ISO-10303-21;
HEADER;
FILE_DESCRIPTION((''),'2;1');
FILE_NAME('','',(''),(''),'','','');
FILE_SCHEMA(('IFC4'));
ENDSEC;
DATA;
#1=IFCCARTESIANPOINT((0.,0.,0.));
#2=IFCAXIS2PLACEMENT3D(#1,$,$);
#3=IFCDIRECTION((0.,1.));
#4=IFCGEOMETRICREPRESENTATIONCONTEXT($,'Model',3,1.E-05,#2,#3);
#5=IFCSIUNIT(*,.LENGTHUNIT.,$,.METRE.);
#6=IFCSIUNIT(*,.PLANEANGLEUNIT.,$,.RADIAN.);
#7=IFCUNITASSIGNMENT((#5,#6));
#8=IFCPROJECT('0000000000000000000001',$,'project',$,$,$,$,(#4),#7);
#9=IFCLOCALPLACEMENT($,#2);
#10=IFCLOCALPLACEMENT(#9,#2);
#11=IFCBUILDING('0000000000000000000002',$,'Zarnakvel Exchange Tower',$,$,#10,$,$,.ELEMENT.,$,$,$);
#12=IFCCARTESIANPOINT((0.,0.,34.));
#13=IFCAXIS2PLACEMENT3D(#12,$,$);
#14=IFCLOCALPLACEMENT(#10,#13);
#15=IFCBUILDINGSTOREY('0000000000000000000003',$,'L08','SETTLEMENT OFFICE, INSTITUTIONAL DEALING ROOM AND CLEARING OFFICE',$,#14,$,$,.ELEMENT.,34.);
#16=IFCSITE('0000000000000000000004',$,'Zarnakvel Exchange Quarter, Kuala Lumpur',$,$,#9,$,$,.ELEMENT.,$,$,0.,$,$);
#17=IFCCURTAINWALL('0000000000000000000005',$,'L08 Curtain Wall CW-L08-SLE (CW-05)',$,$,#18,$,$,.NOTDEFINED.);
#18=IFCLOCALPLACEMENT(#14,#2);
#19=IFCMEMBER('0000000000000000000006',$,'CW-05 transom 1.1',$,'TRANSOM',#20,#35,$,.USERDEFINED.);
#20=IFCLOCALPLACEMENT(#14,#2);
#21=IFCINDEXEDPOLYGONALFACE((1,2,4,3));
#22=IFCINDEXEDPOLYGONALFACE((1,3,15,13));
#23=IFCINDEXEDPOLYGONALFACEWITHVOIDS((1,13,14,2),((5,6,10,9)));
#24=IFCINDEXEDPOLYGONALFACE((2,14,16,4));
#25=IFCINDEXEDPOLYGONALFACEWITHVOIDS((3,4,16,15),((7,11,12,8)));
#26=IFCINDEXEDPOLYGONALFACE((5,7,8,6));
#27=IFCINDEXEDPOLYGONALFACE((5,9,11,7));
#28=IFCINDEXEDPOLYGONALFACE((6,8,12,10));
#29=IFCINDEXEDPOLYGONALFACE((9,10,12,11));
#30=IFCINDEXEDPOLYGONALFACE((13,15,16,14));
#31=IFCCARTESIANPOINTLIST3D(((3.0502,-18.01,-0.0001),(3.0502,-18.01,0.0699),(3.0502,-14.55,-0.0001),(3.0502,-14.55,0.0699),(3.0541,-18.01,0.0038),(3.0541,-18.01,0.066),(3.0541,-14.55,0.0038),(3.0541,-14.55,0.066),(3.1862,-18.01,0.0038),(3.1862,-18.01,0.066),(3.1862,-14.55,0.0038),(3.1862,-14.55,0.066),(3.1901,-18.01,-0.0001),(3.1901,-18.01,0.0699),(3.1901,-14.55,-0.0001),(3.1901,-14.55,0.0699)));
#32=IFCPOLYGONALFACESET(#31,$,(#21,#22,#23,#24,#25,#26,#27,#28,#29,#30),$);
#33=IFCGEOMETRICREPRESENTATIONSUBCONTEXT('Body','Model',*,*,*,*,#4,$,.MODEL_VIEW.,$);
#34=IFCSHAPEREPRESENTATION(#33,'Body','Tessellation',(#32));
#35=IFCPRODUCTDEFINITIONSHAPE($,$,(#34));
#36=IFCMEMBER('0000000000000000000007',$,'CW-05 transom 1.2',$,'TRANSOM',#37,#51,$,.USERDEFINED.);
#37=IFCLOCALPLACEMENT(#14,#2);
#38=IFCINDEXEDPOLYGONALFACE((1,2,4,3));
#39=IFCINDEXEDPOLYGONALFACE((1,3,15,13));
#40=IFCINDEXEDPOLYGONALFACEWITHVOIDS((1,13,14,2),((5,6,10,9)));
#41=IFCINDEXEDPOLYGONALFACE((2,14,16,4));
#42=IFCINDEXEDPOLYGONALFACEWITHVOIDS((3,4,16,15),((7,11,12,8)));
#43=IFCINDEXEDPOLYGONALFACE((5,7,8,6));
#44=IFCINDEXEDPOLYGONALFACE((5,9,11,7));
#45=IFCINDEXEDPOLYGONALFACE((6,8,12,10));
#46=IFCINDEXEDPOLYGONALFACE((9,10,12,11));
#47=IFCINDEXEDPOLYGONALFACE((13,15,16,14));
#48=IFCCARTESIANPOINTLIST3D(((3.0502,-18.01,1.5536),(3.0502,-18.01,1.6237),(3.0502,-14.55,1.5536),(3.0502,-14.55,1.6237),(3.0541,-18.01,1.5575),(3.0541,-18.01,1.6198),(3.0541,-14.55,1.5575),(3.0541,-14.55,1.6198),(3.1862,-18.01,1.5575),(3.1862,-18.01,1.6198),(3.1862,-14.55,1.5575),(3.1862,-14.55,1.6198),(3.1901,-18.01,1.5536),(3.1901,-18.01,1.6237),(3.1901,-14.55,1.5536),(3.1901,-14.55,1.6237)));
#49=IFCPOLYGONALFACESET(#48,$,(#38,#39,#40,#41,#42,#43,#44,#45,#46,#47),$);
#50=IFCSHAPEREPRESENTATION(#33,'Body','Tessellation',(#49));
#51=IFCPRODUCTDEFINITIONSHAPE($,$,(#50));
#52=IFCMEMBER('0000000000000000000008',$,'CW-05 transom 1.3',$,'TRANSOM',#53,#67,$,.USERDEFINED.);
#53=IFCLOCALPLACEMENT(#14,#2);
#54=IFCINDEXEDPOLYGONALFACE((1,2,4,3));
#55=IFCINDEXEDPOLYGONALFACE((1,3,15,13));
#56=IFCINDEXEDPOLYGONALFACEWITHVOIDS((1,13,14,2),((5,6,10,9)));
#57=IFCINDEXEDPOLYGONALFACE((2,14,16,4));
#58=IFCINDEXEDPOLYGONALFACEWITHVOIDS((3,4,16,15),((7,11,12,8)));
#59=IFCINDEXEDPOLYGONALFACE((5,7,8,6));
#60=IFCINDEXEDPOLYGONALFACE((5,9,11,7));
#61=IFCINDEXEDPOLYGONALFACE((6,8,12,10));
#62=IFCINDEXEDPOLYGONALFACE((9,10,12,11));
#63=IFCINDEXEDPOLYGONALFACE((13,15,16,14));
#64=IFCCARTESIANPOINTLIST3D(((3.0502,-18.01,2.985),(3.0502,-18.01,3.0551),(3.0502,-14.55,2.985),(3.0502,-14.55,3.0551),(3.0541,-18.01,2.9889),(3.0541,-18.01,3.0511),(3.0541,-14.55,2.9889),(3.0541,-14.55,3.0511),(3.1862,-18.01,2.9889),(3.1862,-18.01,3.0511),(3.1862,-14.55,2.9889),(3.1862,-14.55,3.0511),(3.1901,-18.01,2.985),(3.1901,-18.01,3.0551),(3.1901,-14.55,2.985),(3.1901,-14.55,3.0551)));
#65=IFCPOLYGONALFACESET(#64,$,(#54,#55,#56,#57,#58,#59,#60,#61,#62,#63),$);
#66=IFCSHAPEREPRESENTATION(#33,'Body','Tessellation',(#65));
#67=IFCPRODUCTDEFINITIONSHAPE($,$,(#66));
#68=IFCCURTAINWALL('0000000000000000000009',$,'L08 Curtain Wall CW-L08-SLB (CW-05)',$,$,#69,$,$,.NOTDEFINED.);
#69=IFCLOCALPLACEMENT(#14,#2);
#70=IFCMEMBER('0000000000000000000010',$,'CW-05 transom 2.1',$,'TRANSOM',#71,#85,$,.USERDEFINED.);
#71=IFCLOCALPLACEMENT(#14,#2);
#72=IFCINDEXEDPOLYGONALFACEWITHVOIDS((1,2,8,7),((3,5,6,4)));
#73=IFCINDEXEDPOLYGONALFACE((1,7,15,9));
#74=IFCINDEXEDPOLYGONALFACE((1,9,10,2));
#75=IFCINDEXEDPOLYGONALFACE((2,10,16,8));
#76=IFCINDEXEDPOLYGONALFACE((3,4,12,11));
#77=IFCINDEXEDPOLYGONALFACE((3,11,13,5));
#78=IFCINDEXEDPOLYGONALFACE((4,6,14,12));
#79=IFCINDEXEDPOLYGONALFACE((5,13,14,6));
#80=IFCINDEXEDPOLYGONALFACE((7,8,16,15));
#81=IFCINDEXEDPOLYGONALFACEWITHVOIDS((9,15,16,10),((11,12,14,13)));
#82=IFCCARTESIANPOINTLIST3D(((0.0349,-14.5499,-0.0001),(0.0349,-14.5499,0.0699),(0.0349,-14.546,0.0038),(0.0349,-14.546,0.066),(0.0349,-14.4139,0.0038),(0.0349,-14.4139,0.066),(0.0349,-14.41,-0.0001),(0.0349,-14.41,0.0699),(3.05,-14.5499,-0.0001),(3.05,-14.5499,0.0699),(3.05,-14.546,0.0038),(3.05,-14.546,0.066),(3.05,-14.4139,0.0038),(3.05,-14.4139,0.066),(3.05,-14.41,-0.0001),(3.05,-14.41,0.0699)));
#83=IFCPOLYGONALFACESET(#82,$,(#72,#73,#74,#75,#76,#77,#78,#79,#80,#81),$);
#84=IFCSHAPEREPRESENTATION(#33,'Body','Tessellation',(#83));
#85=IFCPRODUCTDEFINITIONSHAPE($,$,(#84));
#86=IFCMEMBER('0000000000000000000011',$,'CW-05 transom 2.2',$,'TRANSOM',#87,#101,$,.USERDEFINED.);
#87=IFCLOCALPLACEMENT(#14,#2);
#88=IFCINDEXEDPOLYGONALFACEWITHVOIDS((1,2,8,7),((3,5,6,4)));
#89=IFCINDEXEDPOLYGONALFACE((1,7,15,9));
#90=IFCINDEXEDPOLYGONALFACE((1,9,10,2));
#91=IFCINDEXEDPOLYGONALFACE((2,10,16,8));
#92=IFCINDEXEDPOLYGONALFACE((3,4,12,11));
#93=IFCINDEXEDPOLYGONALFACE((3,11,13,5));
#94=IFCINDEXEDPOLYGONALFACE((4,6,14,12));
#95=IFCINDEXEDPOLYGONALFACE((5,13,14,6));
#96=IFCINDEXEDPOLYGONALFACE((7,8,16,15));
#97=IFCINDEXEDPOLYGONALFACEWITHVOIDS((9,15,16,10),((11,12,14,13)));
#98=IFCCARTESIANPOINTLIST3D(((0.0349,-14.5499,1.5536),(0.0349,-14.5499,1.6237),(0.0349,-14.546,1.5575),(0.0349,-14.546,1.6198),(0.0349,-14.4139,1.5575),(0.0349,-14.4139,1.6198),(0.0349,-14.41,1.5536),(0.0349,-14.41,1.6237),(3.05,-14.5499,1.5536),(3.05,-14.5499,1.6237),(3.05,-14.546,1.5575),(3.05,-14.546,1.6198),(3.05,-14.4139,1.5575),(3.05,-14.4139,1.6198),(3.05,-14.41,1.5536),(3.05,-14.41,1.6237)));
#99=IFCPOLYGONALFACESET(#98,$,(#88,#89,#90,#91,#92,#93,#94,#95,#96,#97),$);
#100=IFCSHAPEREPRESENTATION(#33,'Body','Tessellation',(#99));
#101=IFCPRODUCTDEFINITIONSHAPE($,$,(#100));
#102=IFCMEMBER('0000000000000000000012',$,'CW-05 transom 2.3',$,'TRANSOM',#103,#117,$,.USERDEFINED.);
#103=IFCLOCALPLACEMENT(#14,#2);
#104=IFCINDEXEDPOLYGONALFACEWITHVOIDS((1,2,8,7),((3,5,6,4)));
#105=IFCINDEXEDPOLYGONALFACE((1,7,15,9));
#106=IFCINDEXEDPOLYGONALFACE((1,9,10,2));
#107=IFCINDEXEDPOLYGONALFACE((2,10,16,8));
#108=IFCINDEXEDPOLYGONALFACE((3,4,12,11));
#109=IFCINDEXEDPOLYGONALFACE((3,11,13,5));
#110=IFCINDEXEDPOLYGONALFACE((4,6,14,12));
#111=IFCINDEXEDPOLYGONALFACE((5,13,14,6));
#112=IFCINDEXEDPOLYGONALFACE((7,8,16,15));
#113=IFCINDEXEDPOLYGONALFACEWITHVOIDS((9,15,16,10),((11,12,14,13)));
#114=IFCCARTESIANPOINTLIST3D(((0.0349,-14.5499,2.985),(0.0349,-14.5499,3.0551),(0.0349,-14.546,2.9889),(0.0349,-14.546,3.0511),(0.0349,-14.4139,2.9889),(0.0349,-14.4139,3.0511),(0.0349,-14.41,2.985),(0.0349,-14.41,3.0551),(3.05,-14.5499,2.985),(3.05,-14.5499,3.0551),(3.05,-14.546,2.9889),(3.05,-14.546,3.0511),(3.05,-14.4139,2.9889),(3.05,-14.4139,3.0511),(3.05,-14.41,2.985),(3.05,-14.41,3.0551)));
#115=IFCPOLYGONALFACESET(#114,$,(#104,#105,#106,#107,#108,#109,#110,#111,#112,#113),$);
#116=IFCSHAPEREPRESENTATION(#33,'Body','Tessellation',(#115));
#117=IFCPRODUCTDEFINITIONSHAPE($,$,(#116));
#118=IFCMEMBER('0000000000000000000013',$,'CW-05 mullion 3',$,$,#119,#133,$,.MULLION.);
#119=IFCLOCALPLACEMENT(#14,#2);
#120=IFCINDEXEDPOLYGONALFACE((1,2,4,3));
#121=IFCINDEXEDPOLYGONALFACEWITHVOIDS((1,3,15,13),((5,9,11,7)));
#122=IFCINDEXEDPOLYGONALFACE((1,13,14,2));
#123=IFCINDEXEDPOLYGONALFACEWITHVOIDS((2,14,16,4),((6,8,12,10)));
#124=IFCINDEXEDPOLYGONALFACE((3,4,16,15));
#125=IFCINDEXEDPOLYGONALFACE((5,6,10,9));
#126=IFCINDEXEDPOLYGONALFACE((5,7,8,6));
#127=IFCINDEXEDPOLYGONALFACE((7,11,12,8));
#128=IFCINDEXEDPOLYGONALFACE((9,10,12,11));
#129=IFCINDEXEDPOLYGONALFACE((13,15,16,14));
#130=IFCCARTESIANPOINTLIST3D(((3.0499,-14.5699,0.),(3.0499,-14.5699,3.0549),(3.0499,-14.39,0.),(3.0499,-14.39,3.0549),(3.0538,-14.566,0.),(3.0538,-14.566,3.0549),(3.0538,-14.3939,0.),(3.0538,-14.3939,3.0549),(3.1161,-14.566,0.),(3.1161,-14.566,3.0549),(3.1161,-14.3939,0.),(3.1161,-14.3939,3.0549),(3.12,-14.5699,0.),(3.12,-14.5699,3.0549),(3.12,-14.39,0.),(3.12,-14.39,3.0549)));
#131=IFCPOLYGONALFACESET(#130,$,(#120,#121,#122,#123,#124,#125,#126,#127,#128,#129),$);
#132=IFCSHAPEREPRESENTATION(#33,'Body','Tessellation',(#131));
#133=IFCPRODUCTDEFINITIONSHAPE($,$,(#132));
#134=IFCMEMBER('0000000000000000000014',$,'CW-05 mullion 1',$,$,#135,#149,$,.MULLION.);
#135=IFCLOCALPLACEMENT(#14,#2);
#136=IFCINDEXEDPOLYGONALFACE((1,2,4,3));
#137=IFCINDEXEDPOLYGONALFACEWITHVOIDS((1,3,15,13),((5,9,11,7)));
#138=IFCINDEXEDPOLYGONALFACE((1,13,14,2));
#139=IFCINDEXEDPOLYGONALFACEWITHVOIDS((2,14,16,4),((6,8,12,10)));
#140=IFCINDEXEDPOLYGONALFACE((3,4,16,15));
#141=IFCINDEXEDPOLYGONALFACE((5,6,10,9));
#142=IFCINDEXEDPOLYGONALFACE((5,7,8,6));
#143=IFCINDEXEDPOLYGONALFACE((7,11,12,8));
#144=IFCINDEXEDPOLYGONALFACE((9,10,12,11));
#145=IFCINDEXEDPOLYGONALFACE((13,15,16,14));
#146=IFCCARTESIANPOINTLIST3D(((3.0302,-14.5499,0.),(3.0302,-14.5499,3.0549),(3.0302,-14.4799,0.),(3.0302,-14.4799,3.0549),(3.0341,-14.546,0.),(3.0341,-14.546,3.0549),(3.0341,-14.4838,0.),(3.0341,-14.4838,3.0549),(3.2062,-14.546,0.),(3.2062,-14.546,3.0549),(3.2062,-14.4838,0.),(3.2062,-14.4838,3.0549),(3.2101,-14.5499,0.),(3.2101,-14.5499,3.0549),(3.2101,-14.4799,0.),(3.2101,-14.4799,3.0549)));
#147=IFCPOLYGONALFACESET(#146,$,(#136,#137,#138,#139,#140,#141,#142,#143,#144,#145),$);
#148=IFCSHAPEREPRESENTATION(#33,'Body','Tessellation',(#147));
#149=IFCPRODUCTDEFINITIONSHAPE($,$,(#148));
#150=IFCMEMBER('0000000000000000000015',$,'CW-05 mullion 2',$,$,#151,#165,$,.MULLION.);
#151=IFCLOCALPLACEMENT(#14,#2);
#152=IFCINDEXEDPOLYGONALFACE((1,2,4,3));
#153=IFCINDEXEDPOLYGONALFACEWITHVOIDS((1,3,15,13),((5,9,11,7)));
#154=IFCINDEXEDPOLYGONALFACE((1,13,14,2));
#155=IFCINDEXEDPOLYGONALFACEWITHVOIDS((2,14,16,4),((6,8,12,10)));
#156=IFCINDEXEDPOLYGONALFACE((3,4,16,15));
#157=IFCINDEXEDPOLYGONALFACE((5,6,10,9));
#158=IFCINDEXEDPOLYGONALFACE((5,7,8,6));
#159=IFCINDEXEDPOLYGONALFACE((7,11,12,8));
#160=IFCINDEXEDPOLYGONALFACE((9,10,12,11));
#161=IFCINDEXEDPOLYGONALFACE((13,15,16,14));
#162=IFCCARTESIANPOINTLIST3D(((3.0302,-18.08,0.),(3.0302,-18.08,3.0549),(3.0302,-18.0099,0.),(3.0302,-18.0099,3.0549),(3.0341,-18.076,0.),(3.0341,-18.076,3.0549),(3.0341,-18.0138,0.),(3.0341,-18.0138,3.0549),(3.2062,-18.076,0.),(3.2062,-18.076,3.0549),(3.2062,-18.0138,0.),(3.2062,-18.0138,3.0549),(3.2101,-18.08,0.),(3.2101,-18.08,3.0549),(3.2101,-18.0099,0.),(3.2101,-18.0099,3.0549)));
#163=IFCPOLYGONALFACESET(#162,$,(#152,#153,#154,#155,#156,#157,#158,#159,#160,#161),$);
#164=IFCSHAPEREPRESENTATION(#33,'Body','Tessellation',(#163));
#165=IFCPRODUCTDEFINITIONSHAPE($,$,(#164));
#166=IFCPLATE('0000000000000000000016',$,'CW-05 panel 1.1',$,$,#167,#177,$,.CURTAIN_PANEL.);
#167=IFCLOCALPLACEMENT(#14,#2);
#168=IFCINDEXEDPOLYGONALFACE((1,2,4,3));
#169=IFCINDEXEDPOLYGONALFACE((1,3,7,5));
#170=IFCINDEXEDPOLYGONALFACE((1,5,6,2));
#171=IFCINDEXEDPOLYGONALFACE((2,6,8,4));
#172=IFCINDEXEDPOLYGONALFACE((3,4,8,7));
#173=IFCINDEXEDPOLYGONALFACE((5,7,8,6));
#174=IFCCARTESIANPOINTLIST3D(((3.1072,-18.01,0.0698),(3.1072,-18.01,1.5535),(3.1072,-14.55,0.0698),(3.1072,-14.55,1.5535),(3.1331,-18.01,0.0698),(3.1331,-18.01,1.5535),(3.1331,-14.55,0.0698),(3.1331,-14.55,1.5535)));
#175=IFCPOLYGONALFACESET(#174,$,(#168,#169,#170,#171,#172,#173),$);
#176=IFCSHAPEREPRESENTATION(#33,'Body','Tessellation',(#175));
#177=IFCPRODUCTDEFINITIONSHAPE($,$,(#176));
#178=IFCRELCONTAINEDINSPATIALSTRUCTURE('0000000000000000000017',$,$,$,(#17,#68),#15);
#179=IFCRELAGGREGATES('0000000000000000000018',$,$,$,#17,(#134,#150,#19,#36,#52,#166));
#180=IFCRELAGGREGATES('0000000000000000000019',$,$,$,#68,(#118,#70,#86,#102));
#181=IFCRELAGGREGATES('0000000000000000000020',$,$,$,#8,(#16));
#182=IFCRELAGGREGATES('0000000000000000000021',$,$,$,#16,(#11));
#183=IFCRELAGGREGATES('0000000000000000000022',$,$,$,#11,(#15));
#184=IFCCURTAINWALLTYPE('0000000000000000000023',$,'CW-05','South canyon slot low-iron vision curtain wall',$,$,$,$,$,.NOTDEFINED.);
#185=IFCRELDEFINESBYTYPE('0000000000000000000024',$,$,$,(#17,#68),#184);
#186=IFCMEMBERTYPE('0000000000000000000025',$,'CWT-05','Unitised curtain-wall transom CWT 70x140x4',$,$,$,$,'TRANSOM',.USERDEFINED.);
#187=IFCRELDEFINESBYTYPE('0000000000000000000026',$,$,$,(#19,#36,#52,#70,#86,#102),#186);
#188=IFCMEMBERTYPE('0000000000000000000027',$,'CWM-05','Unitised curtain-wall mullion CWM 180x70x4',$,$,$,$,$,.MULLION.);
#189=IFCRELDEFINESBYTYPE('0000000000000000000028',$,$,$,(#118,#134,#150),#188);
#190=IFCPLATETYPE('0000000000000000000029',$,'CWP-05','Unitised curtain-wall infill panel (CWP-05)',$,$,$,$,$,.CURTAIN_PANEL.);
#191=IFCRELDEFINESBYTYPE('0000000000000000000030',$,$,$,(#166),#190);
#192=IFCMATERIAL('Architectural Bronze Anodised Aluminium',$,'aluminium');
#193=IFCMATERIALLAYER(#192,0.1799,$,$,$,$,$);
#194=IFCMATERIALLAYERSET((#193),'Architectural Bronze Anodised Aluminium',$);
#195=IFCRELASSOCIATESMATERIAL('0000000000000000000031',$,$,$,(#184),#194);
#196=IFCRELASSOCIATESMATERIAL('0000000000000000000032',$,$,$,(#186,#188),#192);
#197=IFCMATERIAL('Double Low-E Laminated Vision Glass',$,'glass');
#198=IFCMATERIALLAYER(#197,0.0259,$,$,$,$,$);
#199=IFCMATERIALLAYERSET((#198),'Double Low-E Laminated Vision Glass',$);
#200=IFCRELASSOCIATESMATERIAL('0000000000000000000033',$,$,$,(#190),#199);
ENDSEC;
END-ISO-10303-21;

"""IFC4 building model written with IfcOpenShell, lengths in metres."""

from ifc_helpers import new_model, si_unit, direction, frame, origin, origin_2d, place, context, subcontext, project, spatial, rectangle, hollow_rectangle, extrude, source, transform, mapped, material, layer, layer_set, material_profile, profile_set, type_object, element, aggregate, save


model = new_model("IFC4")

# Units and contexts
model_context = context("Model", 3, precision=1e-05, world=origin(), true_north=direction((0.0, 1.0)))
body_context = subcontext(model_context, "Body", "Model", "MODEL_VIEW")
ifc_project = project(units=[si_unit("LENGTHUNIT", "METRE"), si_unit("PLANEANGLEUNIT", "RADIAN")], contexts=[model_context])

# Site, building, storey
site_placement = place(None, origin())
site = spatial("IfcSite", under=ifc_project, at=site_placement, Name="Zarnakvel Exchange Quarter, Kuala Lumpur", CompositionType="ELEMENT", RefElevation=0.0)
building_placement = place(site_placement, origin())
building = spatial("IfcBuilding", under=site, at=building_placement, Name="Zarnakvel Exchange Tower", CompositionType="ELEMENT")
storey_placement = place(building_placement, frame((0.0, 0.0, 34.0)))
storey = spatial("IfcBuildingStorey", under=building, at=storey_placement, Name="L08", Description="SETTLEMENT OFFICE, INSTITUTIONAL DEALING ROOM AND CLEARING OFFICE", CompositionType="ELEMENT", Elevation=34.0)

# Curtain walls, members
ifc_material_1 = material(Name="Architectural Bronze Anodised Aluminium", Category="aluminium")
ifc_layer_1 = layer(ifc_material_1, 0.1799)
ifc_layer_set_1 = layer_set([ifc_layer_1], Name="Architectural Bronze Anodised Aluminium")
curtain_wall_type = type_object("IfcCurtainWallType", Name="CW-05", Description="South canyon slot low-iron vision curtain wall", PredefinedType="NOTDEFINED", material=ifc_layer_set_1)
curtain_wall_1_placement = place(storey_placement, origin())
curtain_wall_1 = element("IfcCurtainWall", 1, at=curtain_wall_1_placement, inside=storey, type_object=curtain_wall_type, Name="L08 Curtain Wall CW-L08-SLE (CW-05)", PredefinedType="NOTDEFINED")
ifc_material_profile_1 = material_profile(ifc_material_1, hollow_rectangle(XDim=0.1399, YDim=0.0701, WallThickness=0.0039, at=origin_2d()))
ifc_profile_set_1 = profile_set([ifc_material_profile_1], Name="Architectural Bronze Anodised Aluminium")
member_type_1 = type_object("IfcMemberType", Name="CWT-05", Description="Unitised curtain-wall transom CWT 70x140x4", ElementType="TRANSOM", PredefinedType="USERDEFINED", material=ifc_profile_set_1)
shared_shape_1 = source(origin(), body_context, "Body", "SweptSolid", [
    extrude(hollow_rectangle(XDim=0.1399, YDim=0.0701, WallThickness=0.0039, at=origin_2d()), origin(), (0.0, 0.0, 1.0), 3.46),
])
member_1_placement = place(storey_placement, frame((3.1201, -14.55, 0.0349), z_axis=(0.0, -1.0, 0.0), x_axis=(1.0, 0.0, 0.0)))
member_1 = element("IfcMember", 2, at=member_1_placement, type_object=member_type_1, Name="CW-05 transom 1.1", ObjectType="TRANSOM", PredefinedType="USERDEFINED", context=body_context, shape_type="MappedRepresentation", body=[
    mapped(shared_shape_1, transform((0.0, 0.0, 0.0), x_axis=(1.0, 0.0, 0.0), y_axis=(0.0, 1.0, 0.0), z_axis=(0.0, 0.0, 1.0), scale=1.0)),
])
member_2_placement = place(storey_placement, frame((3.1201, -14.55, 1.5886), z_axis=(0.0, -1.0, 0.0), x_axis=(1.0, 0.0, 0.0)))
member_2 = element("IfcMember", 3, at=member_2_placement, type_object=member_type_1, Name="CW-05 transom 1.2", ObjectType="TRANSOM", PredefinedType="USERDEFINED", context=body_context, shape_type="MappedRepresentation", body=[
    mapped(shared_shape_1, transform((0.0, 0.0, 0.0), x_axis=(1.0, 0.0, 0.0), y_axis=(0.0, 1.0, 0.0), z_axis=(0.0, 0.0, 1.0), scale=1.0)),
])
member_3_placement = place(storey_placement, frame((3.1201, -14.55, 3.02), z_axis=(0.0, -1.0, 0.0), x_axis=(1.0, 0.0, 0.0)))
member_3 = element("IfcMember", 4, at=member_3_placement, type_object=member_type_1, Name="CW-05 transom 1.3", ObjectType="TRANSOM", PredefinedType="USERDEFINED", context=body_context, shape_type="MappedRepresentation", body=[
    mapped(shared_shape_1, transform((0.0, 0.0, 0.0), x_axis=(1.0, 0.0, 0.0), y_axis=(0.0, 1.0, 0.0), z_axis=(0.0, 0.0, 1.0), scale=1.0)),
])
curtain_wall_2_placement = place(storey_placement, origin())
curtain_wall_2 = element("IfcCurtainWall", 5, at=curtain_wall_2_placement, inside=storey, type_object=curtain_wall_type, Name="L08 Curtain Wall CW-L08-SLB (CW-05)", PredefinedType="NOTDEFINED")
shared_shape_2 = source(origin(), body_context, "Body", "SweptSolid", [
    extrude(hollow_rectangle(XDim=0.1399, YDim=0.0701, WallThickness=0.0039, at=origin_2d()), origin(), (0.0, 0.0, 1.0), 3.0151),
])
member_4_placement = place(storey_placement, frame((0.0349, -14.48, 0.0349), z_axis=(1.0, 0.0, 0.0), x_axis=(0.0, 1.0, 0.0)))
member_4 = element("IfcMember", 6, at=member_4_placement, type_object=member_type_1, Name="CW-05 transom 2.1", ObjectType="TRANSOM", PredefinedType="USERDEFINED", context=body_context, shape_type="MappedRepresentation", body=[
    mapped(shared_shape_2, transform((0.0, 0.0, 0.0), x_axis=(1.0, 0.0, 0.0), y_axis=(0.0, 1.0, 0.0), z_axis=(0.0, 0.0, 1.0), scale=1.0)),
])
member_5_placement = place(storey_placement, frame((0.0349, -14.48, 1.5886), z_axis=(1.0, 0.0, 0.0), x_axis=(0.0, 1.0, 0.0)))
member_5 = element("IfcMember", 7, at=member_5_placement, type_object=member_type_1, Name="CW-05 transom 2.2", ObjectType="TRANSOM", PredefinedType="USERDEFINED", context=body_context, shape_type="MappedRepresentation", body=[
    mapped(shared_shape_2, transform((0.0, 0.0, 0.0), x_axis=(1.0, 0.0, 0.0), y_axis=(0.0, 1.0, 0.0), z_axis=(0.0, 0.0, 1.0), scale=1.0)),
])
member_6_placement = place(storey_placement, frame((0.0349, -14.48, 3.02), z_axis=(1.0, 0.0, 0.0), x_axis=(0.0, 1.0, 0.0)))
member_6 = element("IfcMember", 8, at=member_6_placement, type_object=member_type_1, Name="CW-05 transom 2.3", ObjectType="TRANSOM", PredefinedType="USERDEFINED", context=body_context, shape_type="MappedRepresentation", body=[
    mapped(shared_shape_2, transform((0.0, 0.0, 0.0), x_axis=(1.0, 0.0, 0.0), y_axis=(0.0, 1.0, 0.0), z_axis=(0.0, 0.0, 1.0), scale=1.0)),
])
ifc_material_profile_2 = material_profile(ifc_material_1, hollow_rectangle(XDim=0.1799, YDim=0.0701, WallThickness=0.0039, at=origin_2d()))
ifc_profile_set_2 = profile_set([ifc_material_profile_2], Name="Architectural Bronze Anodised Aluminium")
member_type_2 = type_object("IfcMemberType", Name="CWM-05", Description="Unitised curtain-wall mullion CWM 180x70x4", PredefinedType="MULLION", material=ifc_profile_set_2)
shared_shape_3 = source(origin(), body_context, "Body", "SweptSolid", [
    extrude(hollow_rectangle(XDim=0.1799, YDim=0.0701, WallThickness=0.0039, at=origin_2d()), origin(), (0.0, 0.0, 1.0), 3.0549),
])
member_7_placement = place(storey_placement, frame((3.085, -14.48, 0.0), z_axis=(0.0, 0.0, 1.0), x_axis=(0.0, 1.0, 0.0)))
member_7 = element("IfcMember", 9, at=member_7_placement, type_object=member_type_2, Name="CW-05 mullion 3", PredefinedType="MULLION", context=body_context, shape_type="MappedRepresentation", body=[
    mapped(shared_shape_3, transform((0.0, 0.0, 0.0), x_axis=(1.0, 0.0, 0.0), y_axis=(0.0, 1.0, 0.0), z_axis=(0.0, 0.0, 1.0), scale=1.0)),
])

# Members
member_8_placement = place(storey_placement, frame((3.1201, -14.5149, 0.0), z_axis=(0.0, 0.0, 1.0), x_axis=(1.0, 0.0, 0.0)))
member_8 = element("IfcMember", 10, at=member_8_placement, type_object=member_type_2, Name="CW-05 mullion 1", PredefinedType="MULLION", context=body_context, shape_type="MappedRepresentation", body=[
    mapped(shared_shape_3, transform((0.0, 0.0, 0.0), x_axis=(1.0, 0.0, 0.0), y_axis=(0.0, 1.0, 0.0), z_axis=(0.0, 0.0, 1.0), scale=1.0)),
])
member_9_placement = place(storey_placement, frame((3.1201, -18.0449, 0.0), z_axis=(0.0, 0.0, 1.0), x_axis=(1.0, 0.0, 0.0)))
member_9 = element("IfcMember", 11, at=member_9_placement, type_object=member_type_2, Name="CW-05 mullion 2", PredefinedType="MULLION", context=body_context, shape_type="MappedRepresentation", body=[
    mapped(shared_shape_3, transform((0.0, 0.0, 0.0), x_axis=(1.0, 0.0, 0.0), y_axis=(0.0, 1.0, 0.0), z_axis=(0.0, 0.0, 1.0), scale=1.0)),
])

# Plate
ifc_material_2 = material(Name="Double Low-E Laminated Vision Glass", Category="glass")
ifc_layer_2 = layer(ifc_material_2, 0.0259)
ifc_layer_set_2 = layer_set([ifc_layer_2], Name="Double Low-E Laminated Vision Glass")
plate_type = type_object("IfcPlateType", Name="CWP-05", Description="Unitised curtain-wall infill panel (CWP-05)", PredefinedType="CURTAIN_PANEL", material=ifc_layer_set_2)
shared_shape_4 = source(origin(), body_context, "Body", "SweptSolid", [
    extrude(rectangle(XDim=3.46, YDim=0.0259, at=origin_2d()), origin(), (0.0, 0.0, 1.0), 1.4836),
])
plate_1_placement = place(storey_placement, frame((3.1201, -16.28, 0.0698), z_axis=(0.0, 0.0, 1.0), x_axis=(0.0, -1.0, 0.0)))
plate_1 = element("IfcPlate", 12, at=plate_1_placement, type_object=plate_type, Name="CW-05 panel 1.1", PredefinedType="CURTAIN_PANEL", context=body_context, shape_type="MappedRepresentation", body=[
    mapped(shared_shape_4, transform((0.0, 0.0, 0.0), x_axis=(1.0, 0.0, 0.0), y_axis=(0.0, 1.0, 0.0), z_axis=(0.0, 0.0, 1.0), scale=1.0)),
])
aggregate(curtain_wall_1, [member_8, member_9, member_1, member_2, member_3, plate_1])
aggregate(curtain_wall_2, [member_7, member_4, member_5, member_6])

save(model, "model.ifc")
